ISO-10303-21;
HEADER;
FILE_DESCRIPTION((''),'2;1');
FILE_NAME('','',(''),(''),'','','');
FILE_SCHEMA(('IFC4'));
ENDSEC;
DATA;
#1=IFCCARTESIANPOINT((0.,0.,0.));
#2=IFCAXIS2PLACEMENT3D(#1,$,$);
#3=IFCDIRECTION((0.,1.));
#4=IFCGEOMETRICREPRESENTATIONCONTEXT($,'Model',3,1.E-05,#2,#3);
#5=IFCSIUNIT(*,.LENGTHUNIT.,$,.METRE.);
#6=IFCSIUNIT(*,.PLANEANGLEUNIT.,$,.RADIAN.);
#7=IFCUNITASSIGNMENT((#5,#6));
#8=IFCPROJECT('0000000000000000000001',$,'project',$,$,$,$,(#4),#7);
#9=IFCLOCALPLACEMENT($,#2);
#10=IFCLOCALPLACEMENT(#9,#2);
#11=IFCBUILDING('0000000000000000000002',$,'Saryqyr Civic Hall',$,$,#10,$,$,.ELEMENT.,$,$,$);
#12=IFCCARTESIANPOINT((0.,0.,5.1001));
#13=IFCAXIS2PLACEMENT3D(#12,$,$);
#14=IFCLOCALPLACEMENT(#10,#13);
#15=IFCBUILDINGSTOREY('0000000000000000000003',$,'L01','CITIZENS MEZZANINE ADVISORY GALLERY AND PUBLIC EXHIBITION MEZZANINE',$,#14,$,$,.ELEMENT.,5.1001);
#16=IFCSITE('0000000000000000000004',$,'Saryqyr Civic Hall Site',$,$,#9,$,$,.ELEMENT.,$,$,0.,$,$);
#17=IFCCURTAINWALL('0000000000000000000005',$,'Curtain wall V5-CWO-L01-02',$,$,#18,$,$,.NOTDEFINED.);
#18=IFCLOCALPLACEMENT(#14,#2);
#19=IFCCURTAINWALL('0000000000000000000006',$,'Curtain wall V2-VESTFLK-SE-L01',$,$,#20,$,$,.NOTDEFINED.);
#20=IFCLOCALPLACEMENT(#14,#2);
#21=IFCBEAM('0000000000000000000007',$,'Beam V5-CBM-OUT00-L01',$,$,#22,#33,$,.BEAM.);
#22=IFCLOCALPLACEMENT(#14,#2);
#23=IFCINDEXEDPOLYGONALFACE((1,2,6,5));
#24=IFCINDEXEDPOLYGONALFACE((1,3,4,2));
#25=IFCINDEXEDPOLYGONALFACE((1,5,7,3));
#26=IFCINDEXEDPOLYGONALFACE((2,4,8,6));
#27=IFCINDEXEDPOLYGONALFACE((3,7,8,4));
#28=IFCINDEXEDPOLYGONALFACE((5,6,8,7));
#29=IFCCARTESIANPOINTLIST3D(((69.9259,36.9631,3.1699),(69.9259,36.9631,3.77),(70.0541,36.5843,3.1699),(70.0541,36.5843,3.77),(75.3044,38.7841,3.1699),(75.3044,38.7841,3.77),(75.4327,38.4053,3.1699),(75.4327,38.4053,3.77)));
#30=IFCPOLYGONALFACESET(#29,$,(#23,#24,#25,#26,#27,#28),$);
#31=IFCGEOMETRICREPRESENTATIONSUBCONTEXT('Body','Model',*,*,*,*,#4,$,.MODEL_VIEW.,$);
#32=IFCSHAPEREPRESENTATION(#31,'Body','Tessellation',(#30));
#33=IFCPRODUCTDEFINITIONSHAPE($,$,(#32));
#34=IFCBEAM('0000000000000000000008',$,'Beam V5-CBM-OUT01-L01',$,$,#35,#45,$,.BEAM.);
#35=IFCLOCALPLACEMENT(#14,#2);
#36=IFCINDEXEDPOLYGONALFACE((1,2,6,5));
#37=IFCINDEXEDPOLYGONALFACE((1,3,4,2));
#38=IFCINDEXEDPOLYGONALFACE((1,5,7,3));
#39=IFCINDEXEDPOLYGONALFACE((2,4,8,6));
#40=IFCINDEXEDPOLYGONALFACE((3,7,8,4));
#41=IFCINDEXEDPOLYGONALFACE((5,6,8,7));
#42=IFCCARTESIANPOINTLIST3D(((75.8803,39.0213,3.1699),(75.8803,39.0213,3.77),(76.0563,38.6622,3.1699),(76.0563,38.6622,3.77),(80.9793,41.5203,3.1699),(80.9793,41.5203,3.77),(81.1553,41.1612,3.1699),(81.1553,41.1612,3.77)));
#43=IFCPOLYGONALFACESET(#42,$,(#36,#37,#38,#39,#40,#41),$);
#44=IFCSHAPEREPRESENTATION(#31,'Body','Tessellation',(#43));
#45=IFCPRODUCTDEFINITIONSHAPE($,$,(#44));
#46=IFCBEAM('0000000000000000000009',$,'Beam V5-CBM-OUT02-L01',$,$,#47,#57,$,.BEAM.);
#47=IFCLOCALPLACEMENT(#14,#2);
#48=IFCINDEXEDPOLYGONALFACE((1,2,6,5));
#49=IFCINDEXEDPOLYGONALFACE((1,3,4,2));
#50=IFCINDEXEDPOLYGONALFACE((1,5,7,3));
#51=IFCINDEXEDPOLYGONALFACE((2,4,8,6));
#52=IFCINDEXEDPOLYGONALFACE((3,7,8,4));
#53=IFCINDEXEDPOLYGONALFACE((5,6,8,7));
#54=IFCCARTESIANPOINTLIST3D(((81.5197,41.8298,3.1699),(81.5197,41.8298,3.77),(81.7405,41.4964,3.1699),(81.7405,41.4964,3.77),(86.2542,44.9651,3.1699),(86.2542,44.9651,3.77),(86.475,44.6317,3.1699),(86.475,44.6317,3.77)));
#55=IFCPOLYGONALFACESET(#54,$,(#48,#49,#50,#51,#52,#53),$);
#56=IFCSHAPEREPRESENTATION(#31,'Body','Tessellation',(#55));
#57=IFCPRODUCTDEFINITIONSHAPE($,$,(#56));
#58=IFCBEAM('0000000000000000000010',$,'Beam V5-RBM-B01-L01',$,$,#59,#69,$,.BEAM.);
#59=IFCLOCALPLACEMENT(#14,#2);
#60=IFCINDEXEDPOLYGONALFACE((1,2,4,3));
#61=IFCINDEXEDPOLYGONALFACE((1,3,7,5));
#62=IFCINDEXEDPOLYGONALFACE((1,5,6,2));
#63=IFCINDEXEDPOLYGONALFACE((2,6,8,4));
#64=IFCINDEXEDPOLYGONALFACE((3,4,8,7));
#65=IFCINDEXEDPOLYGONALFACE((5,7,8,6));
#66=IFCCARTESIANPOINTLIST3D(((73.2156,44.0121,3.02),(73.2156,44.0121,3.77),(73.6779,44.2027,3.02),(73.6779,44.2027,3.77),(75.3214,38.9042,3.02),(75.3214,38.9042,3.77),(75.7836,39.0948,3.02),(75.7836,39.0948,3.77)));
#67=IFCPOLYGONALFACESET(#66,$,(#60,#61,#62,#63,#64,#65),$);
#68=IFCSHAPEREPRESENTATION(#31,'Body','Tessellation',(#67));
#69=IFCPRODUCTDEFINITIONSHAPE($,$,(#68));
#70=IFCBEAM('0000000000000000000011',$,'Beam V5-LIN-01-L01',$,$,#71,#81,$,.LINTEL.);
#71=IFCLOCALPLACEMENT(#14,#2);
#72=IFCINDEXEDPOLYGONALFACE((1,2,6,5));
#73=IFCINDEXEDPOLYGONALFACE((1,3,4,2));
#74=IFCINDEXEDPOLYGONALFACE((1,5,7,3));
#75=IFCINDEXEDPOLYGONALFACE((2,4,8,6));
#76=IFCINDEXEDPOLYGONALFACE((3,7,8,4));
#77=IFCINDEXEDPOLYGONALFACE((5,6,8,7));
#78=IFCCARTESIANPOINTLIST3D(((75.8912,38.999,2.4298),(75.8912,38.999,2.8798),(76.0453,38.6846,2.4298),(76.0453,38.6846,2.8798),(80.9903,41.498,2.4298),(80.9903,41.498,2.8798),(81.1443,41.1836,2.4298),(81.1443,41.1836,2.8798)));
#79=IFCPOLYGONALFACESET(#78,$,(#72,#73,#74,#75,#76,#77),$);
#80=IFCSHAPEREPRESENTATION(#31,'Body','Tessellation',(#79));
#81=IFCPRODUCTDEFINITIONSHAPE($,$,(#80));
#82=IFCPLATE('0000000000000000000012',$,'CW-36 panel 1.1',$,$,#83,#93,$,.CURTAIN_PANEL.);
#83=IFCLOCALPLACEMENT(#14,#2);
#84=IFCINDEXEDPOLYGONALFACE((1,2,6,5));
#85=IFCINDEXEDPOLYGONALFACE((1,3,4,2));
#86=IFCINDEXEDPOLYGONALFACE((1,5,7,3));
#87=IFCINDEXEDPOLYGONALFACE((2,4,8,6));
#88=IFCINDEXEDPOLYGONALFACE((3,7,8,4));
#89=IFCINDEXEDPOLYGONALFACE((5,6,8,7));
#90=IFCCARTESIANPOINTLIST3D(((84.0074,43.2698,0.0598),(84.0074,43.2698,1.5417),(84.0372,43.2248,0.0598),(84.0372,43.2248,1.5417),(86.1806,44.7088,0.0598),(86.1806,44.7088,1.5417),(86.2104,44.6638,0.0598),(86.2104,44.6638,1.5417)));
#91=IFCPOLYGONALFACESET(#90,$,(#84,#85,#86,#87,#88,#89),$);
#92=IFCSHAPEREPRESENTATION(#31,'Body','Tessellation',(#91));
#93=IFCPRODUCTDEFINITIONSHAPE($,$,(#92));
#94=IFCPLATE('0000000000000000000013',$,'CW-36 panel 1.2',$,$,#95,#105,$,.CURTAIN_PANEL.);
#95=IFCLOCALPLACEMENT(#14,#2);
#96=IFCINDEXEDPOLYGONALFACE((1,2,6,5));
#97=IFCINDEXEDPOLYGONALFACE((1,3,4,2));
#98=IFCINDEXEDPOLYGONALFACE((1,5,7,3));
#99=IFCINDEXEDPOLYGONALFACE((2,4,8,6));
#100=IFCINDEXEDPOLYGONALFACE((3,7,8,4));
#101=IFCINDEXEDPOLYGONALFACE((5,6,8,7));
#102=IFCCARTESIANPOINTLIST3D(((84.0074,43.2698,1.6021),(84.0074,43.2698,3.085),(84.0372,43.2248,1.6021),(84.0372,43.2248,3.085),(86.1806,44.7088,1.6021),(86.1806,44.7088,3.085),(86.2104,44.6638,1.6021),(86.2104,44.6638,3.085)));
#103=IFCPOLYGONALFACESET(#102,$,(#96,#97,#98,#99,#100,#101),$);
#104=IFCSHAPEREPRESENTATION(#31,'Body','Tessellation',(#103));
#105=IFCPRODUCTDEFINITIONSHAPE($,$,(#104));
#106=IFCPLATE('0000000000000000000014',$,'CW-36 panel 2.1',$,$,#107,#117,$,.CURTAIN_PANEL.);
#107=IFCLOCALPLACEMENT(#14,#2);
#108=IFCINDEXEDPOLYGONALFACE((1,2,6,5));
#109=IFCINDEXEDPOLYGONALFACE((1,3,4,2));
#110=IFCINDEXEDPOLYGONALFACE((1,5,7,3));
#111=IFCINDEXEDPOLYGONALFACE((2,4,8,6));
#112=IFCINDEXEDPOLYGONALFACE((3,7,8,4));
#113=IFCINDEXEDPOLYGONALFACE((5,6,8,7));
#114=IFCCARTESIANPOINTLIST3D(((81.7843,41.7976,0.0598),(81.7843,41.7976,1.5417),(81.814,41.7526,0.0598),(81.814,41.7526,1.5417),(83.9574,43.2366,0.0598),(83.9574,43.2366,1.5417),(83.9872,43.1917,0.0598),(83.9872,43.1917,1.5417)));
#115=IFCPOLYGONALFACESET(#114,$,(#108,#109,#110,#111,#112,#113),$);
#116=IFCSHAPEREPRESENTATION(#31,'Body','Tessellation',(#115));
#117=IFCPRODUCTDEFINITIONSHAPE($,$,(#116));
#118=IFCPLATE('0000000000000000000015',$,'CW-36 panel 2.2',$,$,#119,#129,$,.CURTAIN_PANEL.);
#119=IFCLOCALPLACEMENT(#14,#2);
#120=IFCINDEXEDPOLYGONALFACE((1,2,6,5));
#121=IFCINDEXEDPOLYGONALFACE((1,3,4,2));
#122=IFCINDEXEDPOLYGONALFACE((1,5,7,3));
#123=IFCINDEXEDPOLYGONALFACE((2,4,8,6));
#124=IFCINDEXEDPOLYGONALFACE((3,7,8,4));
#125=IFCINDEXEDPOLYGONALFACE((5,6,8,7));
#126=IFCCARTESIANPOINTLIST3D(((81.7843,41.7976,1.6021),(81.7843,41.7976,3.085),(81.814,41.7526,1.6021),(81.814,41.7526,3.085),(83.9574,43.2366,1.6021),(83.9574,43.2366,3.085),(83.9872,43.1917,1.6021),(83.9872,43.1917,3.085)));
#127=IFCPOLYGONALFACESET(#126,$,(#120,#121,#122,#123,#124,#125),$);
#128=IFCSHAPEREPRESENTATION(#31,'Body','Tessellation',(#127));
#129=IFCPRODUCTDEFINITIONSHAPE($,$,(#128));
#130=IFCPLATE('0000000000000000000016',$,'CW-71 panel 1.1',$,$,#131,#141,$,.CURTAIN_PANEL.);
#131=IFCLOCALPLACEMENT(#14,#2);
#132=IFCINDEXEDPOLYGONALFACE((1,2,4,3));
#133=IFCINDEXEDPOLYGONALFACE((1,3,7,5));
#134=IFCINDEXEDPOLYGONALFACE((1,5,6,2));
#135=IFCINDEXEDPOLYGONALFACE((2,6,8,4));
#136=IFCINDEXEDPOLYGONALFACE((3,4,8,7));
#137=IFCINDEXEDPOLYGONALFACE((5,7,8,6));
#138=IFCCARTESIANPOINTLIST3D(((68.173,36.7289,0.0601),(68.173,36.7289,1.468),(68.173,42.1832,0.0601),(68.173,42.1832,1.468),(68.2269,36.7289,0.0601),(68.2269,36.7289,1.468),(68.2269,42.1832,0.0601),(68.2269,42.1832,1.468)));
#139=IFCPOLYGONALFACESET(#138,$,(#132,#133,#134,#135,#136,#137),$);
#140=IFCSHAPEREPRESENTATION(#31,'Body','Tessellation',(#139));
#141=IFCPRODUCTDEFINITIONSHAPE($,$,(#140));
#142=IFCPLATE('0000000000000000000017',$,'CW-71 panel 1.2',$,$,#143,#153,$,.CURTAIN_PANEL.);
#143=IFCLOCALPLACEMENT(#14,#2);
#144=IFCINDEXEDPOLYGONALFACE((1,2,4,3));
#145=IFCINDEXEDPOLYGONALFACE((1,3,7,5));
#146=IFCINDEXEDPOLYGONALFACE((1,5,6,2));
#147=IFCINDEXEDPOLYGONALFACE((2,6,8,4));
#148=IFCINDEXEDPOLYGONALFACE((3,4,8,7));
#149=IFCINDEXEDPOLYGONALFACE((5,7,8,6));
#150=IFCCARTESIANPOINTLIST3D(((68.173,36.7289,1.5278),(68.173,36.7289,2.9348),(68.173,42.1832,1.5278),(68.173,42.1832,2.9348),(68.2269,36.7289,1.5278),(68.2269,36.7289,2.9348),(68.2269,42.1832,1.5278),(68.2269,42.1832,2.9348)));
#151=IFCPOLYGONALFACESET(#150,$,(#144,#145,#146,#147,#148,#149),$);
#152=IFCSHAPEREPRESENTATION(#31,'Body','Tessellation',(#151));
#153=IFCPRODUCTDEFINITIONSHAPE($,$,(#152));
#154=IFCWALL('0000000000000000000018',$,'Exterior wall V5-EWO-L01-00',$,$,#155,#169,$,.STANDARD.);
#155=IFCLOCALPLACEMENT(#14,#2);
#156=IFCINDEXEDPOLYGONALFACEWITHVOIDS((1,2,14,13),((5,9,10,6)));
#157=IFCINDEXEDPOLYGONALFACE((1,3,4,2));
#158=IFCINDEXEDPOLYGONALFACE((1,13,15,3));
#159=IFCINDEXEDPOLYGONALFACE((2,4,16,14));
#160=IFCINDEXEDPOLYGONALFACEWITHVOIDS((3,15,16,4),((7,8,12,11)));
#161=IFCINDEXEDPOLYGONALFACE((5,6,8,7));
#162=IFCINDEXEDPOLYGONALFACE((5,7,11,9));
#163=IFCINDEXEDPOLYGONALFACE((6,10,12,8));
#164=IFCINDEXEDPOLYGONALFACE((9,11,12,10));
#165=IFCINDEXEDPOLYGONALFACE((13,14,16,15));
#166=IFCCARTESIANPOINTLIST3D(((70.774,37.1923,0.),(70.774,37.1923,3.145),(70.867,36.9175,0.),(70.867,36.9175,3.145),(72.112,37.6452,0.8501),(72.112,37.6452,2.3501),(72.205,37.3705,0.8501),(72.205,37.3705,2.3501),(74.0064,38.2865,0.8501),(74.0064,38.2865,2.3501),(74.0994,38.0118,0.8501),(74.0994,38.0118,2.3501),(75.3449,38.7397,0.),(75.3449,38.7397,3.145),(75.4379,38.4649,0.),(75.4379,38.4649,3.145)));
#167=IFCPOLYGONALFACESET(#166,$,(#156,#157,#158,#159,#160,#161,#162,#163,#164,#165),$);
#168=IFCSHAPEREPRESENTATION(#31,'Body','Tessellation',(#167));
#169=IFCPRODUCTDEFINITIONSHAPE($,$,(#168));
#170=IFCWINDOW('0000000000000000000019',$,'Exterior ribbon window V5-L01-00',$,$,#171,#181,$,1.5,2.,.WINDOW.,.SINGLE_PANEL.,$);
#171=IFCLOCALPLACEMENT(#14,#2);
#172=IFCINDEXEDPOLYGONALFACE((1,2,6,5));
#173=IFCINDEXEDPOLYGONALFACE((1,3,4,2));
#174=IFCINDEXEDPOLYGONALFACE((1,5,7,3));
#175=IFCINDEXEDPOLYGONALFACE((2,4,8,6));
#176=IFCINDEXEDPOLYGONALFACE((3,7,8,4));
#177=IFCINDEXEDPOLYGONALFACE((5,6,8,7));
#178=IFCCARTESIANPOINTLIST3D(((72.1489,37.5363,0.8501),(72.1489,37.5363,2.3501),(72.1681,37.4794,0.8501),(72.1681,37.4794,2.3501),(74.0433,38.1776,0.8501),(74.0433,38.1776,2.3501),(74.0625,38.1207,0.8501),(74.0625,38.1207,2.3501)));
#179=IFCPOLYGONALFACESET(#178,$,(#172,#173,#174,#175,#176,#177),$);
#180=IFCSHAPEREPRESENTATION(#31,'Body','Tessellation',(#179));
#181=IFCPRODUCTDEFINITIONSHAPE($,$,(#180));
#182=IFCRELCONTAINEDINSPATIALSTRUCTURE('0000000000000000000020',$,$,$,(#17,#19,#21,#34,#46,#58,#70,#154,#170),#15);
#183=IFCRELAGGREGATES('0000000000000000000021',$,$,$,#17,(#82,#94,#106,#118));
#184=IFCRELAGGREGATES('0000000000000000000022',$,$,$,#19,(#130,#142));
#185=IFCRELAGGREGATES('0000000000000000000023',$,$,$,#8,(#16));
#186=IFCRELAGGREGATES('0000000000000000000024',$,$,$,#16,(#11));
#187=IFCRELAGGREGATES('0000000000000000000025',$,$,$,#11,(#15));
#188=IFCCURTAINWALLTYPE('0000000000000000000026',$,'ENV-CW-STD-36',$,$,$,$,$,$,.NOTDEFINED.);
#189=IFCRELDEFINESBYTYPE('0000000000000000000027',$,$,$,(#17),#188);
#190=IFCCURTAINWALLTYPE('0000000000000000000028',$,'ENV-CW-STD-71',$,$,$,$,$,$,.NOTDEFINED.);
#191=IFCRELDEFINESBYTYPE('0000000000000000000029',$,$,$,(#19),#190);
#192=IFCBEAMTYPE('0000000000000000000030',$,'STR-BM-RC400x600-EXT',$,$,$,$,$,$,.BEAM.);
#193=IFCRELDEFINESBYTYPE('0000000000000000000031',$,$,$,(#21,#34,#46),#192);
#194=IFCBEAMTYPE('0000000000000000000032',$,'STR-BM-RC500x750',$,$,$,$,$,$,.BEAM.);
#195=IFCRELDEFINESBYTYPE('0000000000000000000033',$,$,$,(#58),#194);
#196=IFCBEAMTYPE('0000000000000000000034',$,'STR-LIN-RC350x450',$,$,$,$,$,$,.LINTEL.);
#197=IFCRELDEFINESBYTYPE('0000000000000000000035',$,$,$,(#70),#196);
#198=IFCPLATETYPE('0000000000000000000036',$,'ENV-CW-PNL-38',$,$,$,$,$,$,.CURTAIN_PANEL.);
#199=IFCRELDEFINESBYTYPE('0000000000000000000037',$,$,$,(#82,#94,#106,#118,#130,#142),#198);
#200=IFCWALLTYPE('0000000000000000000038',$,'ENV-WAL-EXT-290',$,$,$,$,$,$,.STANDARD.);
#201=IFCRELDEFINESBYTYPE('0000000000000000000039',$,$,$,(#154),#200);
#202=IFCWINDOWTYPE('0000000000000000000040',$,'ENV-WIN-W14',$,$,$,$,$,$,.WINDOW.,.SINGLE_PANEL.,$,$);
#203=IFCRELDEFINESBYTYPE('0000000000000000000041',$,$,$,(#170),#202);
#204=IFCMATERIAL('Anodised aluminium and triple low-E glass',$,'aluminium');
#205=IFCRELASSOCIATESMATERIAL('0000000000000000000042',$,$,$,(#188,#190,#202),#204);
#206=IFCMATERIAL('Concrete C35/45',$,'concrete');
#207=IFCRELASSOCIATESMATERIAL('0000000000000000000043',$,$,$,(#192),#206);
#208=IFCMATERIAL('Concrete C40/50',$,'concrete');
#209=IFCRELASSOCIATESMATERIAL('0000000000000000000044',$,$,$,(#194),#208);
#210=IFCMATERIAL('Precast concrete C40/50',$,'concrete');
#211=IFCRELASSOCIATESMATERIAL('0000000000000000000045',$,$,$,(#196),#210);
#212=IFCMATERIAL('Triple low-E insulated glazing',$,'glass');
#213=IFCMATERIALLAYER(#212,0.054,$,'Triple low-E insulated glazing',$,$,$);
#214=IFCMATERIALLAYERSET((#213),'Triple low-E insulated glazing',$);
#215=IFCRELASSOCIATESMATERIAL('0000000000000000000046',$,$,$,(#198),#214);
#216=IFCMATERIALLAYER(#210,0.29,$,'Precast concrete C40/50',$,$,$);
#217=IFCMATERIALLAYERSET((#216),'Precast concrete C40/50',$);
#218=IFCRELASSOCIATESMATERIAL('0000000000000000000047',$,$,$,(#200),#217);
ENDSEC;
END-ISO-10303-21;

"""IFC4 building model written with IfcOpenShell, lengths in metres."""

from ifc_helpers import new_model, si_unit, direction, frame, frame_2d, origin, origin_2d, place, context, subcontext, project, spatial, rectangle, extrude, material, layer, layer_set, material_profile, profile_set, type_object, element, fill, aggregate, save


model = new_model("IFC4")

# Units and contexts
model_context = context("Model", 3, precision=1e-05, world=origin(), true_north=direction((0.0, 1.0)))
body_context = subcontext(model_context, "Body", "Model", "MODEL_VIEW")
ifc_project = project(units=[si_unit("LENGTHUNIT", "METRE"), si_unit("PLANEANGLEUNIT", "RADIAN")], contexts=[model_context])

# Site, building, storey
site_placement = place(None, origin())
site = spatial("IfcSite", under=ifc_project, at=site_placement, Name="Saryqyr Civic Hall Site", CompositionType="ELEMENT", RefElevation=0.0)
building_placement = place(site_placement, origin())
building = spatial("IfcBuilding", under=site, at=building_placement, Name="Saryqyr Civic Hall", CompositionType="ELEMENT")
storey_placement = place(building_placement, frame((0.0, 0.0, 5.1001)))
storey = spatial("IfcBuildingStorey", under=building, at=storey_placement, Name="L01", Description="CITIZENS MEZZANINE ADVISORY GALLERY AND PUBLIC EXHIBITION MEZZANINE", CompositionType="ELEMENT", Elevation=5.1001)

# Shared definitions
ifc_material_1 = material(Name="Concrete C40/50", Category="concrete")
ifc_material_2 = material(Name="Concrete C35/45", Category="concrete")

# Curtain wall
ifc_material_3 = material(Name="Anodised aluminium and triple low-E glass", Category="aluminium")
curtain_wall_type_1 = type_object("IfcCurtainWallType", Name="ENV-CW-STD-36", PredefinedType="NOTDEFINED", material=ifc_material_3)
curtain_wall_1_placement = place(storey_placement, origin())
curtain_wall_1 = element("IfcCurtainWall", 1, at=curtain_wall_1_placement, inside=storey, type_object=curtain_wall_type_1, Name="Curtain wall V5-CWO-L01-02", PredefinedType="NOTDEFINED")

# Curtain wall
curtain_wall_type_2 = type_object("IfcCurtainWallType", Name="ENV-CW-STD-71", PredefinedType="NOTDEFINED", material=ifc_material_3)
curtain_wall_2_placement = place(storey_placement, origin())
curtain_wall_2 = element("IfcCurtainWall", 2, at=curtain_wall_2_placement, inside=storey, type_object=curtain_wall_type_2, Name="Curtain wall V2-VESTFLK-SE-L01", PredefinedType="NOTDEFINED")

# Beams
ifc_material_profile_1 = material_profile(ifc_material_2, rectangle(XDim=0.3999, YDim=0.6001, at=origin_2d()), Name="RC 400x600")
ifc_profile_set_1 = profile_set([ifc_material_profile_1], Name="Concrete C35/45")
beam_type_1 = type_object("IfcBeamType", Name="STR-BM-RC400x600-EXT", PredefinedType="BEAM", material=ifc_profile_set_1)
for number, where, z_axis, x_axis, name in (
    (3, (69.99, 36.7737, 3.47), (0.947185, 0.320687, 0.0), (-0.320687, 0.947185, 0.0), "Beam V5-CBM-OUT00-L01"),
    (4, (75.9683, 38.8418, 3.47), (0.897959, 0.44008, 0.0), (-0.44008, 0.897959, 0.0), "Beam V5-CBM-OUT01-L01"),
    (5, (81.6301, 41.6631, 3.47), (0.833753, 0.552138, 0.0), (-0.552138, 0.833753, 0.0), "Beam V5-CBM-OUT02-L01"),
):
    element("IfcBeam", number, at=place(storey_placement, frame(where, z_axis=z_axis, x_axis=x_axis)), inside=storey, type_object=beam_type_1, Name=name, PredefinedType="BEAM", context=body_context, shape_type="SweptSolid", body=[
        extrude(rectangle(XDim=0.3999, YDim=0.6001, at=origin_2d()), origin(), (0.0, 0.0, 1.0), 5.6785),
    ])
ifc_material_profile_2 = material_profile(ifc_material_1, rectangle(XDim=0.5, YDim=0.75, at=origin_2d()), Name="RC 500x750")
ifc_profile_set_2 = profile_set([ifc_material_profile_2], Name="Concrete C40/50")
beam_type_2 = type_object("IfcBeamType", Name="STR-BM-RC500x750", PredefinedType="BEAM", material=ifc_profile_set_2)
beam_1_placement = place(storey_placement, frame((73.4468, 44.1074, 3.395), z_axis=(0.38113, -0.924522, 0.0), x_axis=(0.924522, 0.38113, 0.0)))
element("IfcBeam", 6, at=beam_1_placement, inside=storey, type_object=beam_type_2, Name="Beam V5-RBM-B01-L01", PredefinedType="BEAM", context=body_context, shape_type="SweptSolid", body=[
    extrude(rectangle(XDim=0.5, YDim=0.75, at=origin_2d()), origin(), (0.0, 0.0, 1.0), 5.5249),
])
ifc_material_4 = material(Name="Precast concrete C40/50", Category="concrete")
ifc_material_profile_3 = material_profile(ifc_material_4, rectangle(XDim=0.3501, YDim=0.45, at=origin_2d()), Name="RC 350x450")
ifc_profile_set_3 = profile_set([ifc_material_profile_3], Name="Precast concrete C40/50")
beam_type_3 = type_object("IfcBeamType", Name="STR-LIN-RC350x450", PredefinedType="LINTEL", material=ifc_profile_set_3)
beam_2_placement = place(storey_placement, frame((75.9683, 38.8418, 2.6548), z_axis=(0.897959, 0.44008, 0.0), x_axis=(-0.44008, 0.897959, 0.0)))
element("IfcBeam", 7, at=beam_2_placement, inside=storey, type_object=beam_type_3, Name="Beam V5-LIN-01-L01", PredefinedType="LINTEL", context=body_context, shape_type="SweptSolid", body=[
    extrude(rectangle(XDim=0.3501, YDim=0.45, at=origin_2d()), origin(), (0.0, 0.0, 1.0), 5.6785),
])

# Plates
ifc_material_5 = material(Name="Triple low-E insulated glazing", Category="glass")
ifc_layer_1 = layer(ifc_material_5, 0.054, Name="Triple low-E insulated glazing")
ifc_layer_set_1 = layer_set([ifc_layer_1], Name="Triple low-E insulated glazing")
plate_type = type_object("IfcPlateType", Name="ENV-CW-PNL-38", PredefinedType="CURTAIN_PANEL", material=ifc_layer_set_1)
plate_1_placement = place(storey_placement, frame((85.1089, 43.9668, 0.0598), z_axis=(0.0, 0.0, 1.0), x_axis=(-0.833772, -0.552109, 0.0)))
plate_1 = element("IfcPlate", 8, at=plate_1_placement, type_object=plate_type, Name="CW-36 panel 1.1", PredefinedType="CURTAIN_PANEL", context=body_context, shape_type="SweptSolid", body=[
    extrude(rectangle(XDim=2.6064, YDim=0.054, at=origin_2d()), origin(), (0.0, 0.0, 1.0), 1.4819),
])
plate_2_placement = place(storey_placement, frame((85.1089, 43.9668, 1.6021), z_axis=(0.0, 0.0, 1.0), x_axis=(-0.833772, -0.552109, 0.0)))
plate_2 = element("IfcPlate", 9, at=plate_2_placement, type_object=plate_type, Name="CW-36 panel 1.2", PredefinedType="CURTAIN_PANEL", context=body_context, shape_type="SweptSolid", body=[
    extrude(rectangle(XDim=2.6064, YDim=0.054, at=origin_2d()), origin(), (0.0, 0.0, 1.0), 1.4829),
])
plate_3_placement = place(storey_placement, frame((82.8857, 42.4946, 0.0598), z_axis=(0.0, 0.0, 1.0), x_axis=(-0.833772, -0.552109, 0.0)))
plate_3 = element("IfcPlate", 10, at=plate_3_placement, type_object=plate_type, Name="CW-36 panel 2.1", PredefinedType="CURTAIN_PANEL", context=body_context, shape_type="SweptSolid", body=[
    extrude(rectangle(XDim=2.6064, YDim=0.054, at=origin_2d()), origin(), (0.0, 0.0, 1.0), 1.4819),
])
plate_4_placement = place(storey_placement, frame((82.8857, 42.4946, 1.6021), z_axis=(0.0, 0.0, 1.0), x_axis=(-0.833772, -0.552109, 0.0)))
plate_4 = element("IfcPlate", 11, at=plate_4_placement, type_object=plate_type, Name="CW-36 panel 2.2", PredefinedType="CURTAIN_PANEL", context=body_context, shape_type="SweptSolid", body=[
    extrude(rectangle(XDim=2.6064, YDim=0.054, at=origin_2d()), origin(), (0.0, 0.0, 1.0), 1.4829),
])
aggregate(curtain_wall_1, [plate_1, plate_2, plate_3, plate_4])
plate_5_placement = place(storey_placement, frame((68.2, 39.4561, 0.0601), z_axis=(0.0, 0.0, 1.0), x_axis=(0.0, -1.0, 0.0)))
plate_5 = element("IfcPlate", 12, at=plate_5_placement, type_object=plate_type, Name="CW-71 panel 1.1", PredefinedType="CURTAIN_PANEL", context=body_context, shape_type="SweptSolid", body=[
    extrude(rectangle(XDim=5.4543, YDim=0.054, at=origin_2d()), origin(), (0.0, 0.0, 1.0), 1.408),
])
plate_6_placement = place(storey_placement, frame((68.2, 39.4561, 1.5278), z_axis=(0.0, 0.0, 1.0), x_axis=(0.0, -1.0, 0.0)))
plate_6 = element("IfcPlate", 13, at=plate_6_placement, type_object=plate_type, Name="CW-71 panel 1.2", PredefinedType="CURTAIN_PANEL", context=body_context, shape_type="SweptSolid", body=[
    extrude(rectangle(XDim=5.4543, YDim=0.054, at=origin_2d()), origin(), (0.0, 0.0, 1.0), 1.407),
])
aggregate(curtain_wall_2, [plate_5, plate_6])

# Wall, opening, window
ifc_layer_2 = layer(ifc_material_4, 0.29, Name="Precast concrete C40/50")
ifc_layer_set_2 = layer_set([ifc_layer_2], Name="Precast concrete C40/50")
wall_type_1 = type_object("IfcWallType", Name="ENV-WAL-EXT-290", PredefinedType="STANDARD", material=ifc_layer_set_2)
wall_1_placement = place(storey_placement, frame((75.3914, 38.6023, 0.0), z_axis=(0.0, 0.0, 1.0), x_axis=(-0.947196, -0.320656, 0.0)))
wall_1 = element("IfcWall", 14, at=wall_1_placement, inside=storey, type_object=wall_type_1, Name="Exterior wall V5-EWO-L01-00", PredefinedType="STANDARD", context=body_context, shape_type="SweptSolid", body=[
    extrude(rectangle(XDim=4.8257, YDim=0.29, at=frame_2d((2.4128, 0.0))), origin(), (0.0, 0.0, 1.0), 3.145),
])
opening_1_placement = place(wall_1_placement, frame((1.4131, 0.0, 0.8501)))
opening_1 = element("IfcOpeningElement", 15, at=opening_1_placement, cuts=wall_1, PredefinedType="OPENING", context=body_context, shape_type="SweptSolid", body=[
    extrude(rectangle(XDim=2.0, YDim=1.5, at=frame_2d((1.0, 0.75))), frame((0.0, 0.155, 0.0), z_axis=(0.0, -1.0, 0.0), x_axis=(1.0, 0.0, 0.0)), (0.0, 0.0, 1.0), 0.3101),
])
window_type_1 = type_object("IfcWindowType", Name="ENV-WIN-W14", PartitioningType="SINGLE_PANEL", PredefinedType="WINDOW", material=ifc_material_3)
window_1_placement = place(opening_1_placement, origin())
window_1 = element("IfcWindow", 16, at=window_1_placement, inside=storey, type_object=window_type_1, Name="Exterior ribbon window V5-L01-00", OverallHeight=1.5, OverallWidth=2.0, PartitioningType="SINGLE_PANEL", PredefinedType="WINDOW", context=body_context, shape_type="SweptSolid", body=[
    extrude(rectangle(XDim=2.0, YDim=1.5, at=frame_2d((1.0, 0.75))), frame((0.0, 0.03, 0.0), z_axis=(0.0, -1.0, 0.0), x_axis=(1.0, 0.0, 0.0)), (0.0, 0.0, 1.0), 0.0601),
])
fill(opening_1, window_1)

save(model, "model.ifc")
